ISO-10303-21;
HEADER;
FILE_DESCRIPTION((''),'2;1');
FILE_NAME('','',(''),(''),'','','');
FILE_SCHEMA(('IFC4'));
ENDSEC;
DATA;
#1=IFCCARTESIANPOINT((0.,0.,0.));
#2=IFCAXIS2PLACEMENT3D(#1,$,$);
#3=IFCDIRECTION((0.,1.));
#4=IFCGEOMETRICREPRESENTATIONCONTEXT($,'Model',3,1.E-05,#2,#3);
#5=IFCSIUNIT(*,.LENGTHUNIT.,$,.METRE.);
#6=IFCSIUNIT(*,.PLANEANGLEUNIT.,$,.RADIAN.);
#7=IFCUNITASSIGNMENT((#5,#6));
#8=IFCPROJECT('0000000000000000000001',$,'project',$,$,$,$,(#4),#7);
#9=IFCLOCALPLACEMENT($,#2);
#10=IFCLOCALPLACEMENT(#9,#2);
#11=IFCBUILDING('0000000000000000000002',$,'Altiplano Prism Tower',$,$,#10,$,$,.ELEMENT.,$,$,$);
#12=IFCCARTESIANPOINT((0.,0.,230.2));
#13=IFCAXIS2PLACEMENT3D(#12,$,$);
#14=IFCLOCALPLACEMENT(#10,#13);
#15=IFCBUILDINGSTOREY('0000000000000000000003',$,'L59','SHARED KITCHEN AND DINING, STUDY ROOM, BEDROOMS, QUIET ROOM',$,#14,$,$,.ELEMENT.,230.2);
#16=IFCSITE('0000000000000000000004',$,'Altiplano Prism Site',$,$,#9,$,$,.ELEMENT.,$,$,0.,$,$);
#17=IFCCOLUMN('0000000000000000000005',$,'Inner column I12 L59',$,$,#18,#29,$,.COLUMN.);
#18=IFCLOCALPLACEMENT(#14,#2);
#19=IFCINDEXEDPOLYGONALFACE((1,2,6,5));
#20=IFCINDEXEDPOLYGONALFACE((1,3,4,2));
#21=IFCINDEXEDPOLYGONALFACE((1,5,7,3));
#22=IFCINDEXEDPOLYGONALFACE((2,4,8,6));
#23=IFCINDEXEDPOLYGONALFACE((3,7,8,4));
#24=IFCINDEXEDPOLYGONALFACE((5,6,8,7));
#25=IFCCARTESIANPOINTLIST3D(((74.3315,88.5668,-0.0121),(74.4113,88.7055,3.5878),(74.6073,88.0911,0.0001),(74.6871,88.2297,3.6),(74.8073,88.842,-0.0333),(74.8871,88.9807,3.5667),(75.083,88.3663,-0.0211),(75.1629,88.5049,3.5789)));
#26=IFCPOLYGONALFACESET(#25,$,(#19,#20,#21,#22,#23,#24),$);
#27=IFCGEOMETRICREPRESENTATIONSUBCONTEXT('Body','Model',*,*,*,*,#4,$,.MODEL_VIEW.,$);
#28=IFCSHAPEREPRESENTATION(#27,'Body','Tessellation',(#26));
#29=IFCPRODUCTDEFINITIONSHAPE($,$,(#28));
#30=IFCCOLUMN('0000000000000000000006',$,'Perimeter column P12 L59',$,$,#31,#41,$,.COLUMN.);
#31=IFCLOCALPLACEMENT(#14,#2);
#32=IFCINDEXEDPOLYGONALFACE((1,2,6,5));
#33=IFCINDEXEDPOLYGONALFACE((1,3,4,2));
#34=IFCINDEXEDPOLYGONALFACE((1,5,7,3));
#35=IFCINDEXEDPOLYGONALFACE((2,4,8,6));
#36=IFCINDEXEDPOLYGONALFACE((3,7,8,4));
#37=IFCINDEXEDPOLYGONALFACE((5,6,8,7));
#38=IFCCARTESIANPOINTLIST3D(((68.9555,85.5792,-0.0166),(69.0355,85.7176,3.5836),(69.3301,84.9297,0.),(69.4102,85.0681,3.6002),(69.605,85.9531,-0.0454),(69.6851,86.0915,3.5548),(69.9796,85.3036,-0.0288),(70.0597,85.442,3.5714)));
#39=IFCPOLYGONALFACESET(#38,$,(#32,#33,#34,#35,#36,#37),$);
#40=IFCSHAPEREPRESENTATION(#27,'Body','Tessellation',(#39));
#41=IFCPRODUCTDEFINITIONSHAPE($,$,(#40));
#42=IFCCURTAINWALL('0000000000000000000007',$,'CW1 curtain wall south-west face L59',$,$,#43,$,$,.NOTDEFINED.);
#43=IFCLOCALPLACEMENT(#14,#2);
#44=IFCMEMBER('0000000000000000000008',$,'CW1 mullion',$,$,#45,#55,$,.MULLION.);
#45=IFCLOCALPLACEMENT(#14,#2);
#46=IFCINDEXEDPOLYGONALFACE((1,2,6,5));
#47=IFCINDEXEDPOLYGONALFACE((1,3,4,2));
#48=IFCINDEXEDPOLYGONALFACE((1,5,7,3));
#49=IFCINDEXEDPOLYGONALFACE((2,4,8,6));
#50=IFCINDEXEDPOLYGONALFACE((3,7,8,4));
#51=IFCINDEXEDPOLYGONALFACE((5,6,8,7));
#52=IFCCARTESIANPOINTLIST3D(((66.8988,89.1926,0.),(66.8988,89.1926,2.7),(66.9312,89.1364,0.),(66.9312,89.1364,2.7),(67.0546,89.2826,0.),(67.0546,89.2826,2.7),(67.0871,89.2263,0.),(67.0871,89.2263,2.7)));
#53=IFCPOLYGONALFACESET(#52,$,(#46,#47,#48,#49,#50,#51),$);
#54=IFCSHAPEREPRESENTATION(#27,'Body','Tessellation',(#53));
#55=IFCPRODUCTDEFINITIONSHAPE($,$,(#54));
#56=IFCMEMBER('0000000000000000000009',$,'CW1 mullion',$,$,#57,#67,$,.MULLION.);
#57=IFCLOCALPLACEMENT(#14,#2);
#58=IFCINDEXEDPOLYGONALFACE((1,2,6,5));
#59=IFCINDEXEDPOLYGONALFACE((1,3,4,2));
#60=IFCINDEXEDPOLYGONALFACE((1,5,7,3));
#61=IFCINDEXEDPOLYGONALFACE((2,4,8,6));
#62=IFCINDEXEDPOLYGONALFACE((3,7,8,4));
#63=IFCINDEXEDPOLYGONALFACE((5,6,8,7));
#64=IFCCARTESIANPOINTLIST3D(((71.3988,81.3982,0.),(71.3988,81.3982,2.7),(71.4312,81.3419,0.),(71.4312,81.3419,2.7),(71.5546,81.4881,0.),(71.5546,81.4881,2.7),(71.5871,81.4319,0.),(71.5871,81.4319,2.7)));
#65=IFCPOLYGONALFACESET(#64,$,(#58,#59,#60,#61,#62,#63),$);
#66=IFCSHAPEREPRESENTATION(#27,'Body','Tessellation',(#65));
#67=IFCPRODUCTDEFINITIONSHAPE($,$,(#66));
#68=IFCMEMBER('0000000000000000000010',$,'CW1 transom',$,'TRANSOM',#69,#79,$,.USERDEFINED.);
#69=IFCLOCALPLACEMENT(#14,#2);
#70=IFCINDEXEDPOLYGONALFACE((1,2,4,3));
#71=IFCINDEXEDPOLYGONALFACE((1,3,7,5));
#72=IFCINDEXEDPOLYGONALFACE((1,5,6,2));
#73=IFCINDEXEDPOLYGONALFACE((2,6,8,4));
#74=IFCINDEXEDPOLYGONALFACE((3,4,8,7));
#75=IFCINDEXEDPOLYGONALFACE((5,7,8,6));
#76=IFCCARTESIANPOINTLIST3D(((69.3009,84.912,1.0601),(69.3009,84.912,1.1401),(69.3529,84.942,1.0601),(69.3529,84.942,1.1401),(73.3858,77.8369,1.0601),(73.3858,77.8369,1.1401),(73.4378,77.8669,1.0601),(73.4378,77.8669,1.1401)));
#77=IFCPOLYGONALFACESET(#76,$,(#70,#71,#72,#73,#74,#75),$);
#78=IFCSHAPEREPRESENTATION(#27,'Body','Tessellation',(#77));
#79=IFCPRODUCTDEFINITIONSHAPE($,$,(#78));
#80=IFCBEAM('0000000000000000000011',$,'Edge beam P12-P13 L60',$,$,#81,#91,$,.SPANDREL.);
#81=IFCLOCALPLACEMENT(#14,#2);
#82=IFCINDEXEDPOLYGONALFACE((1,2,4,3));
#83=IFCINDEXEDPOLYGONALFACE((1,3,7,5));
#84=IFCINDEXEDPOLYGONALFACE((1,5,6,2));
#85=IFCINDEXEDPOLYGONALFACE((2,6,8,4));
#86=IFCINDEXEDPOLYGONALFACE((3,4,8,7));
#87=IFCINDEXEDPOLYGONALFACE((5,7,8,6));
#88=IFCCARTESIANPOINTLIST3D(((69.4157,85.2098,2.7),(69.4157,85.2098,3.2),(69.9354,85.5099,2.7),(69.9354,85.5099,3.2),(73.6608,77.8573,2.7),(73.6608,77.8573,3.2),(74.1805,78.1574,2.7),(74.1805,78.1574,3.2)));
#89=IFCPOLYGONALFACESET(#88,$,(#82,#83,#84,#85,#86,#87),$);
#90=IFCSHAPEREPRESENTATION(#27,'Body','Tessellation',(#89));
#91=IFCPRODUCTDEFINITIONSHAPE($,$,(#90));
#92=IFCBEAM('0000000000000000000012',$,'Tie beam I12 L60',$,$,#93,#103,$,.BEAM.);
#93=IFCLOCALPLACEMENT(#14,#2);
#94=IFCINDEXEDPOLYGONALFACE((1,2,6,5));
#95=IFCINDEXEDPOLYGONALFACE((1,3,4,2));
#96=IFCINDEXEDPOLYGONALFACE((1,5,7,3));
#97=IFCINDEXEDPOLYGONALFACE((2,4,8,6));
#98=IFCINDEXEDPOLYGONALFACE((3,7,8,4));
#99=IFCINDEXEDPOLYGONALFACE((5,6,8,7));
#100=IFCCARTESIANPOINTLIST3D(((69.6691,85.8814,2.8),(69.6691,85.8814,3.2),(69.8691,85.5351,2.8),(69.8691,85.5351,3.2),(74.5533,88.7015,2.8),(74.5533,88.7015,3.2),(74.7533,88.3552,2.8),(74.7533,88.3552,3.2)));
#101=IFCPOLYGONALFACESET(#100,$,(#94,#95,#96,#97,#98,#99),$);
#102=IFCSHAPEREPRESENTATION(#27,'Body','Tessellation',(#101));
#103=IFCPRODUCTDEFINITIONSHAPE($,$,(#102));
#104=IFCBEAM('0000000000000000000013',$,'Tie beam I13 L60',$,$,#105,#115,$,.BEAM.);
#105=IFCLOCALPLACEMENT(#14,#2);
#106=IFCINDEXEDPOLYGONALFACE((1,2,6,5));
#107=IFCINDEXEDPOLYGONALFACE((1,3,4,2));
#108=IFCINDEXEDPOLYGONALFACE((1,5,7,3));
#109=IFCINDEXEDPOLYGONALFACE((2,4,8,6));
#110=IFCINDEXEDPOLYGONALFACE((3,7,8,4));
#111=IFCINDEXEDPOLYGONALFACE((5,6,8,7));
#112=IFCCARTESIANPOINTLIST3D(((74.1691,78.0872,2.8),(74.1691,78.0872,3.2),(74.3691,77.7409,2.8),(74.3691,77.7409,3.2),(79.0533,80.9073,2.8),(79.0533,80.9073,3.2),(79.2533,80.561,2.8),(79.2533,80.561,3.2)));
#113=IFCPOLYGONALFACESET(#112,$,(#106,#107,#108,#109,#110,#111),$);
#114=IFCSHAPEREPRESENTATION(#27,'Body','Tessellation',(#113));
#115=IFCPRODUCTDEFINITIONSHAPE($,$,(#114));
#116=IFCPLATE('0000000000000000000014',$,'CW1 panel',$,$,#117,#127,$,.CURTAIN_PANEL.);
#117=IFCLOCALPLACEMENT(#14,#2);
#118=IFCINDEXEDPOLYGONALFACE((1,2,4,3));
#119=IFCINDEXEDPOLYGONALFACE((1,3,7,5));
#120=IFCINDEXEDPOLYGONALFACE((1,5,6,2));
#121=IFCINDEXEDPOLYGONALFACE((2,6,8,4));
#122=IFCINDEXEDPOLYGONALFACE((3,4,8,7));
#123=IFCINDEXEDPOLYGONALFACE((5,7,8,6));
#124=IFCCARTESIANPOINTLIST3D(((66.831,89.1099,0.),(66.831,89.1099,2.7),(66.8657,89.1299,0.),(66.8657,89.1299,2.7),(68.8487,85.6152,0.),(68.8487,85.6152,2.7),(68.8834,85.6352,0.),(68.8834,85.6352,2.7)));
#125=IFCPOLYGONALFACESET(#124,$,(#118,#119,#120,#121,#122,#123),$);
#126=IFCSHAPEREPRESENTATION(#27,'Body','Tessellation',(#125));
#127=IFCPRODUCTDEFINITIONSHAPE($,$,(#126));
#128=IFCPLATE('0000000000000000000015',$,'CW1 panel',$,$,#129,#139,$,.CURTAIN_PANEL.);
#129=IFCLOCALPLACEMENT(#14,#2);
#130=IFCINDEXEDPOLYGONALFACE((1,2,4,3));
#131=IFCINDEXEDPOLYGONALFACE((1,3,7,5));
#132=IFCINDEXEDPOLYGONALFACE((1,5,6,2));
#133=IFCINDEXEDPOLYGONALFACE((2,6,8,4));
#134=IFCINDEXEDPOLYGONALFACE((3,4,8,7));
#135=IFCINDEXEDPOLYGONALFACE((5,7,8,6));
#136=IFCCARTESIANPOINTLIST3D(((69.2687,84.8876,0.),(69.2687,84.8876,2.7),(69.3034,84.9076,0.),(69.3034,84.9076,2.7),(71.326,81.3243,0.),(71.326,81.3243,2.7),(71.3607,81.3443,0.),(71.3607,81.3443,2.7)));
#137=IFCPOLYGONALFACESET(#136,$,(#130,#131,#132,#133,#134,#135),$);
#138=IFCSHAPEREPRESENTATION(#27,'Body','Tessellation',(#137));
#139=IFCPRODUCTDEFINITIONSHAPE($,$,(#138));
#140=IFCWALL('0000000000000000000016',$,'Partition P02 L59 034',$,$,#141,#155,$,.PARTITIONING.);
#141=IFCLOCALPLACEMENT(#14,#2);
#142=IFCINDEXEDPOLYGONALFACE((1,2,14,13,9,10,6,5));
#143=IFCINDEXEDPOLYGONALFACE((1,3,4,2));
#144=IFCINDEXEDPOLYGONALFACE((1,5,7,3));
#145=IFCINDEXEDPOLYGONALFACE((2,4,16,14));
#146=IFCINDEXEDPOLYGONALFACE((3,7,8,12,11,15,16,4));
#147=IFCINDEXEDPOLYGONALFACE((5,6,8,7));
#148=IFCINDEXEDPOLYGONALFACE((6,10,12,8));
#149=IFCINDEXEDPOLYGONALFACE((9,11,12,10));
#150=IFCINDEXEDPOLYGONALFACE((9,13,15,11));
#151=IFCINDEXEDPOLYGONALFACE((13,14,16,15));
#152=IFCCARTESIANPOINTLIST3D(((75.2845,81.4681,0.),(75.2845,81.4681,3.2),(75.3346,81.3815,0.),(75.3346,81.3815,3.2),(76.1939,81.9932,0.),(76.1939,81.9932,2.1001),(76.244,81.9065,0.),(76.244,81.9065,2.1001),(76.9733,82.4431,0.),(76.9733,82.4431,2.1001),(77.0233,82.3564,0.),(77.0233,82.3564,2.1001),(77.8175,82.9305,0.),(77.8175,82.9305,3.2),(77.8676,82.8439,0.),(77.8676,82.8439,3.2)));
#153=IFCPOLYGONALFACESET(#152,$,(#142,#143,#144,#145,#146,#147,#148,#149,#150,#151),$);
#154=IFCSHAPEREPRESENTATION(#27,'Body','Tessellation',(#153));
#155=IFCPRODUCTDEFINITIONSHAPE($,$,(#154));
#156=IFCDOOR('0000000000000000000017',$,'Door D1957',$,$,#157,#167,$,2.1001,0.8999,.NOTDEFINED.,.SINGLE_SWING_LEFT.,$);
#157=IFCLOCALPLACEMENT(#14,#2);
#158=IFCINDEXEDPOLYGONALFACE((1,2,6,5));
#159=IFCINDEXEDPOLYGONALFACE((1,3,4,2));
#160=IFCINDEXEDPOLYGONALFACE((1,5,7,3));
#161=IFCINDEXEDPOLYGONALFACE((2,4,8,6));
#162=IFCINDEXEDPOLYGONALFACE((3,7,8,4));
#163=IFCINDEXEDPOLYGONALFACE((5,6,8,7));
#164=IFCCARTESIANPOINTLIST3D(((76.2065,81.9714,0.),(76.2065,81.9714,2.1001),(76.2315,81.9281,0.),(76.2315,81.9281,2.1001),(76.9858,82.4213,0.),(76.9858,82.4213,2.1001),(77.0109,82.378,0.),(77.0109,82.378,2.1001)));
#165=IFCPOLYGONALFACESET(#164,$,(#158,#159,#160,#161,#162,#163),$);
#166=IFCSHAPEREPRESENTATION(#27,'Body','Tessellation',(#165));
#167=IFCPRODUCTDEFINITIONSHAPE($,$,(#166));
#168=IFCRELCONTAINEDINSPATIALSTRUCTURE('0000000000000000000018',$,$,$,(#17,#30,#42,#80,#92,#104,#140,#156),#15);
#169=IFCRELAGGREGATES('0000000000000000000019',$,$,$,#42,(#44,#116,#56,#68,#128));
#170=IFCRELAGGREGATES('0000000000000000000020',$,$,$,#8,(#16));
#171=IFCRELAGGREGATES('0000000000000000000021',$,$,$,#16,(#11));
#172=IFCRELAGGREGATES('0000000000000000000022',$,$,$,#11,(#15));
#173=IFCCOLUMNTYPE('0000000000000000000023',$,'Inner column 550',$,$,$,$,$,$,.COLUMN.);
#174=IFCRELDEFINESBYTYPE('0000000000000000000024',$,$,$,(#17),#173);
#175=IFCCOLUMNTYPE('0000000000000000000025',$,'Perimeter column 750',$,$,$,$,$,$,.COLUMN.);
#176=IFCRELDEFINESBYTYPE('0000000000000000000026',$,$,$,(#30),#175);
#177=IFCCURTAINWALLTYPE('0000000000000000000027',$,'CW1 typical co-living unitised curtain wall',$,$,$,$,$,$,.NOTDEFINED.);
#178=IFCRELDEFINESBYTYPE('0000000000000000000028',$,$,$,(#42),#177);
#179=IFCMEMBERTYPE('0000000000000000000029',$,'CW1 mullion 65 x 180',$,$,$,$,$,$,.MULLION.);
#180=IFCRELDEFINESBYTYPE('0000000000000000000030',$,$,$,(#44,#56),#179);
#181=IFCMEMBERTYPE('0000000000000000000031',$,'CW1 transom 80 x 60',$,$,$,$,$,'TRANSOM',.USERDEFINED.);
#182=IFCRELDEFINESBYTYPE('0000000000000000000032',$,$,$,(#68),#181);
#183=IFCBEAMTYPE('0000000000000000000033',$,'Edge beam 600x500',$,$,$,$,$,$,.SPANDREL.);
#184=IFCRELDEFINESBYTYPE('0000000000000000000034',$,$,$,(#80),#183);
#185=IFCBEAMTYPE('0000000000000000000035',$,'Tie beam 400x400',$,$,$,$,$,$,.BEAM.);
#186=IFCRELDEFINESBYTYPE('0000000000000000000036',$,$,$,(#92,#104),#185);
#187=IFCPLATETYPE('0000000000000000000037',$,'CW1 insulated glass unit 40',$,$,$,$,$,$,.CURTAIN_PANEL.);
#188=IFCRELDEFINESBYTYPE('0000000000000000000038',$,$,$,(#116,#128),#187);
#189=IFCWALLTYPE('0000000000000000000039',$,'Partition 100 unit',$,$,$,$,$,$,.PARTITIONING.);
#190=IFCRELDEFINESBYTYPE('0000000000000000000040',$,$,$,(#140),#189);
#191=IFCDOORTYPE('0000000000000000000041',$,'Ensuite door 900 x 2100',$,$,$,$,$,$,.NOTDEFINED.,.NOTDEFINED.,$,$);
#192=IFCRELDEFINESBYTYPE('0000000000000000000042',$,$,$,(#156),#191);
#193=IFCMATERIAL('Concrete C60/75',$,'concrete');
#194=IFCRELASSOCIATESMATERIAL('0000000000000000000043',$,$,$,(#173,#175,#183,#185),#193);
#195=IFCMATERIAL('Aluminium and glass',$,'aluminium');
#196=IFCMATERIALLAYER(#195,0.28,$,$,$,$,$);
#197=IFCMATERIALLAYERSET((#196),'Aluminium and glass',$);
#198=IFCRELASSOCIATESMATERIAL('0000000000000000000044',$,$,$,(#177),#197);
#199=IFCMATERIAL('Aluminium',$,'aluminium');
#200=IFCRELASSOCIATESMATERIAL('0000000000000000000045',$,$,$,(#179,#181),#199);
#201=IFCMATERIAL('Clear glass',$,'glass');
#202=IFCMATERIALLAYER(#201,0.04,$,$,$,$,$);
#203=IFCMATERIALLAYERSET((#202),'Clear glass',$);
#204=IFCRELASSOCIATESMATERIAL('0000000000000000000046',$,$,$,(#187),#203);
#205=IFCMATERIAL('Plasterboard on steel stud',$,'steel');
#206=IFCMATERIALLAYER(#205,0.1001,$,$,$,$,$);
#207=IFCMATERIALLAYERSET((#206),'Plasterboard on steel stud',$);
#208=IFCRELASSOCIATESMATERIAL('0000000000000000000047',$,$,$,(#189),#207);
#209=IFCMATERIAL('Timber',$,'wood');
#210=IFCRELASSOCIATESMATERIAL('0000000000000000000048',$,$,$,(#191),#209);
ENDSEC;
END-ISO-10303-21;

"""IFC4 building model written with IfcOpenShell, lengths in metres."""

from ifc_helpers import new_model, si_unit, direction, frame, frame_2d, origin, origin_2d, place, context, subcontext, project, spatial, rectangle, extrude, material, layer, layer_set, material_profile, profile_set, type_object, element, fill, aggregate, save


model = new_model("IFC4")

# Units and contexts
model_context = context("Model", 3, precision=1e-05, world=origin(), true_north=direction((0.0, 1.0)))
body_context = subcontext(model_context, "Body", "Model", "MODEL_VIEW")
ifc_project = project(units=[si_unit("LENGTHUNIT", "METRE"), si_unit("PLANEANGLEUNIT", "RADIAN")], contexts=[model_context])

# Site, building, storey
site_placement = place(None, origin())
site = spatial("IfcSite", under=ifc_project, at=site_placement, Name="Altiplano Prism Site", CompositionType="ELEMENT", RefElevation=0.0)
building_placement = place(site_placement, origin())
building = spatial("IfcBuilding", under=site, at=building_placement, Name="Altiplano Prism Tower", CompositionType="ELEMENT")
storey_placement = place(building_placement, frame((0.0, 0.0, 230.2)))
storey = spatial("IfcBuildingStorey", under=building, at=storey_placement, Name="L59", Description="SHARED KITCHEN AND DINING, STUDY ROOM, BEDROOMS, QUIET ROOM", CompositionType="ELEMENT", Elevation=230.2)

# Columns
ifc_material_1 = material(Name="Concrete C60/75", Category="concrete")
ifc_material_profile_1 = material_profile(ifc_material_1, rectangle(XDim=0.55, YDim=0.55, at=origin_2d()), Name="Inner column 550")
ifc_profile_set_1 = profile_set([ifc_material_profile_1], Name="Concrete C60/75")
column_type_1 = type_object("IfcColumnType", Name="Inner column 550", PredefinedType="COLUMN", material=ifc_profile_set_1)
column_1_placement = place(storey_placement, frame((74.7073, 88.4666, -0.0166), z_axis=(0.022155, 0.038484, 0.999014), x_axis=(-0.86498, -0.500331, 0.038456)))
element("IfcColumn", 1, at=column_1_placement, inside=storey, type_object=column_type_1, Name="Inner column I12 L59", PredefinedType="COLUMN", context=body_context, shape_type="SweptSolid", body=[
    extrude(rectangle(XDim=0.55, YDim=0.55, at=origin_2d()), origin(), (0.0, 0.0, 1.0), 3.6035),
])
ifc_material_profile_2 = material_profile(ifc_material_1, rectangle(XDim=0.75, YDim=0.75, at=origin_2d()), Name="Perimeter column 750")
ifc_profile_set_2 = profile_set([ifc_material_profile_2], Name="Concrete C60/75")
column_type_2 = type_object("IfcColumnType", Name="Perimeter column 750", PredefinedType="COLUMN", material=ifc_profile_set_2)
column_2_placement = place(storey_placement, frame((69.4675, 85.4414, -0.0227), z_axis=(0.022221, 0.038413, 0.999015), x_axis=(-0.866021, -0.498528, 0.038432)))
element("IfcColumn", 2, at=column_2_placement, inside=storey, type_object=column_type_2, Name="Perimeter column P12 L59", PredefinedType="COLUMN", context=body_context, shape_type="SweptSolid", body=[
    extrude(rectangle(XDim=0.75, YDim=0.75, at=origin_2d()), origin(), (0.0, 0.0, 1.0), 3.6038),
])

# Curtain wall, members
ifc_material_2 = material(Name="Aluminium and glass", Category="aluminium")
ifc_layer_1 = layer(ifc_material_2, 0.28)
ifc_layer_set_1 = layer_set([ifc_layer_1], Name="Aluminium and glass")
curtain_wall_type = type_object("IfcCurtainWallType", Name="CW1 typical co-living unitised curtain wall", PredefinedType="NOTDEFINED", material=ifc_layer_set_1)
curtain_wall_placement = place(storey_placement, origin())
curtain_wall = element("IfcCurtainWall", 3, at=curtain_wall_placement, inside=storey, type_object=curtain_wall_type, Name="CW1 curtain wall south-west face L59", PredefinedType="NOTDEFINED")
ifc_material_3 = material(Name="Aluminium", Category="aluminium")
ifc_material_profile_3 = material_profile(ifc_material_3, rectangle(XDim=0.1799, YDim=0.0649, at=origin_2d()), Name="CW1 mullion 65 x 180")
ifc_profile_set_3 = profile_set([ifc_material_profile_3], Name="Aluminium")
member_type_1 = type_object("IfcMemberType", Name="CW1 mullion 65 x 180", PredefinedType="MULLION", material=ifc_profile_set_3)
member_1_placement = place(storey_placement, frame((66.9929, 89.2095, 0.0), z_axis=(0.0, 0.0, 1.0), x_axis=(0.866025, 0.5, 0.0)))
member_1 = element("IfcMember", 4, at=member_1_placement, type_object=member_type_1, Name="CW1 mullion", PredefinedType="MULLION", context=body_context, shape_type="SweptSolid", body=[
    extrude(rectangle(XDim=0.1799, YDim=0.0649, at=origin_2d()), origin(), (0.0, 0.0, 1.0), 2.7),
])
member_2_placement = place(storey_placement, frame((71.4929, 81.415, 0.0), z_axis=(0.0, 0.0, 1.0), x_axis=(0.866025, 0.5, 0.0)))
member_2 = element("IfcMember", 5, at=member_2_placement, type_object=member_type_1, Name="CW1 mullion", PredefinedType="MULLION", context=body_context, shape_type="SweptSolid", body=[
    extrude(rectangle(XDim=0.1799, YDim=0.0649, at=origin_2d()), origin(), (0.0, 0.0, 1.0), 2.7),
])
ifc_material_profile_4 = material_profile(ifc_material_3, rectangle(XDim=0.0601, YDim=0.0801, at=origin_2d()), Name="CW1 transom 80 x 60")
ifc_profile_set_4 = profile_set([ifc_material_profile_4], Name="Aluminium")
member_type_2 = type_object("IfcMemberType", Name="CW1 transom 80 x 60", ElementType="TRANSOM", PredefinedType="USERDEFINED", material=ifc_profile_set_4)
member_3_placement = place(storey_placement, frame((69.3269, 84.927, 1.1001), z_axis=(0.500009, -0.86602, 0.0), x_axis=(0.86602, 0.500009, 0.0)))
member_3 = element("IfcMember", 6, at=member_3_placement, type_object=member_type_2, Name="CW1 transom", ObjectType="TRANSOM", PredefinedType="USERDEFINED", context=body_context, shape_type="SweptSolid", body=[
    extrude(rectangle(XDim=0.0601, YDim=0.0801, at=origin_2d()), origin(), (0.0, 0.0, 1.0), 8.1697),
])

# Beams
ifc_material_profile_5 = material_profile(ifc_material_1, rectangle(XDim=0.6001, YDim=0.5, at=origin_2d()), Name="Edge beam 600x500")
ifc_profile_set_5 = profile_set([ifc_material_profile_5], Name="Concrete C60/75")
beam_type_1 = type_object("IfcBeamType", Name="Edge beam 600x500", PredefinedType="SPANDREL", material=ifc_profile_set_5)
beam_placement = place(storey_placement, frame((69.6755, 85.3599, 2.95), z_axis=(0.500011, -0.866019, 0.0), x_axis=(0.866019, 0.500011, 0.0)))
element("IfcBeam", 7, at=beam_placement, inside=storey, type_object=beam_type_1, Name="Edge beam P12-P13 L60", PredefinedType="SPANDREL", context=body_context, shape_type="SweptSolid", body=[
    extrude(rectangle(XDim=0.6001, YDim=0.5, at=origin_2d()), origin(), (0.0, 0.0, 1.0), 8.49),
])
ifc_material_profile_6 = material_profile(ifc_material_1, rectangle(XDim=0.3999, YDim=0.3999, at=origin_2d()), Name="Tie beam 400x400")
ifc_profile_set_6 = profile_set([ifc_material_profile_6], Name="Concrete C60/75")
beam_type_2 = type_object("IfcBeamType", Name="Tie beam 400x400", PredefinedType="BEAM", material=ifc_profile_set_6)
for number, where, z_axis, x_axis, name in (
    (8, (74.6533, 88.5283, 3.0), (-0.866015, -0.500017, 0.0), (0.500017, -0.866015, 0.0), "Tie beam I12 L60"),
    (9, (79.1533, 80.7341, 3.0), (-0.866015, -0.500017, 0.0), (0.500017, -0.866015, 0.0), "Tie beam I13 L60"),
):
    element("IfcBeam", number, at=place(storey_placement, frame(where, z_axis=z_axis, x_axis=x_axis)), inside=storey, type_object=beam_type_2, Name=name, PredefinedType="BEAM", context=body_context, shape_type="SweptSolid", body=[
        extrude(rectangle(XDim=0.3999, YDim=0.3999, at=origin_2d()), origin(), (0.0, 0.0, 1.0), 5.6399),
    ])

# Plates
ifc_material_4 = material(Name="Clear glass", Category="glass")
ifc_layer_2 = layer(ifc_material_4, 0.04)
ifc_layer_set_2 = layer_set([ifc_layer_2], Name="Clear glass")
plate_type = type_object("IfcPlateType", Name="CW1 insulated glass unit 40", PredefinedType="CURTAIN_PANEL", material=ifc_layer_set_2)
plate_1_placement = place(storey_placement, frame((67.8572, 87.3726, 0.0), z_axis=(0.0, 0.0, 1.0), x_axis=(0.5, -0.866025, 0.0)))
plate_1 = element("IfcPlate", 10, at=plate_1_placement, type_object=plate_type, Name="CW1 panel", PredefinedType="CURTAIN_PANEL", context=body_context, shape_type="SweptSolid", body=[
    extrude(rectangle(XDim=4.0354, YDim=0.04, at=origin_2d()), origin(), (0.0, 0.0, 1.0), 2.7),
])
plate_2_placement = place(storey_placement, frame((70.3147, 83.116, 0.0), z_axis=(0.0, 0.0, 1.0), x_axis=(0.5, -0.866025, 0.0)))
plate_2 = element("IfcPlate", 11, at=plate_2_placement, type_object=plate_type, Name="CW1 panel", PredefinedType="CURTAIN_PANEL", context=body_context, shape_type="SweptSolid", body=[
    extrude(rectangle(XDim=4.1145, YDim=0.04, at=origin_2d()), origin(), (0.0, 0.0, 1.0), 2.7),
])
aggregate(curtain_wall, [member_1, plate_1, member_2, member_3, plate_2])

# Wall, opening, door
ifc_material_5 = material(Name="Plasterboard on steel stud", Category="steel")
ifc_layer_3 = layer(ifc_material_5, 0.1001)
ifc_layer_set_3 = layer_set([ifc_layer_3], Name="Plasterboard on steel stud")
wall_type_1 = type_object("IfcWallType", Name="Partition 100 unit", PredefinedType="PARTITIONING", material=ifc_layer_set_3)
wall_1_placement = place(storey_placement, frame((75.3096, 81.4248, 0.0), z_axis=(0.0, 0.0, 1.0), x_axis=(0.866026, 0.499999, 0.0)))
wall_1 = element("IfcWall", 12, at=wall_1_placement, inside=storey, type_object=wall_type_1, Name="Partition P02 L59 034", PredefinedType="PARTITIONING", context=body_context, shape_type="SweptSolid", body=[
    extrude(rectangle(XDim=2.9248, YDim=0.1001, at=frame_2d((1.4624, 0.0))), origin(), (0.0, 0.0, 1.0), 3.2),
])
opening_placement = place(wall_1_placement, frame((1.05, 0.0, 0.0)))
opening = element("IfcOpeningElement", 13, at=opening_placement, cuts=wall_1, PredefinedType="OPENING", context=body_context, shape_type="SweptSolid", body=[
    extrude(rectangle(XDim=0.8999, YDim=2.1001, at=frame_2d((0.45, 1.05))), frame((0.0, 0.0605, 0.0), z_axis=(0.0, -1.0, 0.0), x_axis=(1.0, 0.0, 0.0)), (0.0, 0.0, 1.0), 0.1211),
])
ifc_material_6 = material(Name="Timber", Category="wood")
door_type = type_object("IfcDoorType", Name="Ensuite door 900 x 2100", OperationType="NOTDEFINED", PredefinedType="NOTDEFINED", material=ifc_material_6)
door_placement = place(opening_placement, origin())
door = element("IfcDoor", 14, at=door_placement, inside=storey, type_object=door_type, Name="Door D1957", OperationType="SINGLE_SWING_LEFT", OverallHeight=2.1001, OverallWidth=0.8999, PredefinedType="NOTDEFINED", context=body_context, shape_type="SweptSolid", body=[
    extrude(rectangle(XDim=0.8999, YDim=2.1001, at=frame_2d((0.45, 1.05))), frame((0.0, 0.0249, 0.0), z_axis=(0.0, -1.0, 0.0), x_axis=(1.0, 0.0, 0.0)), (0.0, 0.0, 1.0), 0.05),
])
fill(opening, door)

save(model, "model.ifc")
